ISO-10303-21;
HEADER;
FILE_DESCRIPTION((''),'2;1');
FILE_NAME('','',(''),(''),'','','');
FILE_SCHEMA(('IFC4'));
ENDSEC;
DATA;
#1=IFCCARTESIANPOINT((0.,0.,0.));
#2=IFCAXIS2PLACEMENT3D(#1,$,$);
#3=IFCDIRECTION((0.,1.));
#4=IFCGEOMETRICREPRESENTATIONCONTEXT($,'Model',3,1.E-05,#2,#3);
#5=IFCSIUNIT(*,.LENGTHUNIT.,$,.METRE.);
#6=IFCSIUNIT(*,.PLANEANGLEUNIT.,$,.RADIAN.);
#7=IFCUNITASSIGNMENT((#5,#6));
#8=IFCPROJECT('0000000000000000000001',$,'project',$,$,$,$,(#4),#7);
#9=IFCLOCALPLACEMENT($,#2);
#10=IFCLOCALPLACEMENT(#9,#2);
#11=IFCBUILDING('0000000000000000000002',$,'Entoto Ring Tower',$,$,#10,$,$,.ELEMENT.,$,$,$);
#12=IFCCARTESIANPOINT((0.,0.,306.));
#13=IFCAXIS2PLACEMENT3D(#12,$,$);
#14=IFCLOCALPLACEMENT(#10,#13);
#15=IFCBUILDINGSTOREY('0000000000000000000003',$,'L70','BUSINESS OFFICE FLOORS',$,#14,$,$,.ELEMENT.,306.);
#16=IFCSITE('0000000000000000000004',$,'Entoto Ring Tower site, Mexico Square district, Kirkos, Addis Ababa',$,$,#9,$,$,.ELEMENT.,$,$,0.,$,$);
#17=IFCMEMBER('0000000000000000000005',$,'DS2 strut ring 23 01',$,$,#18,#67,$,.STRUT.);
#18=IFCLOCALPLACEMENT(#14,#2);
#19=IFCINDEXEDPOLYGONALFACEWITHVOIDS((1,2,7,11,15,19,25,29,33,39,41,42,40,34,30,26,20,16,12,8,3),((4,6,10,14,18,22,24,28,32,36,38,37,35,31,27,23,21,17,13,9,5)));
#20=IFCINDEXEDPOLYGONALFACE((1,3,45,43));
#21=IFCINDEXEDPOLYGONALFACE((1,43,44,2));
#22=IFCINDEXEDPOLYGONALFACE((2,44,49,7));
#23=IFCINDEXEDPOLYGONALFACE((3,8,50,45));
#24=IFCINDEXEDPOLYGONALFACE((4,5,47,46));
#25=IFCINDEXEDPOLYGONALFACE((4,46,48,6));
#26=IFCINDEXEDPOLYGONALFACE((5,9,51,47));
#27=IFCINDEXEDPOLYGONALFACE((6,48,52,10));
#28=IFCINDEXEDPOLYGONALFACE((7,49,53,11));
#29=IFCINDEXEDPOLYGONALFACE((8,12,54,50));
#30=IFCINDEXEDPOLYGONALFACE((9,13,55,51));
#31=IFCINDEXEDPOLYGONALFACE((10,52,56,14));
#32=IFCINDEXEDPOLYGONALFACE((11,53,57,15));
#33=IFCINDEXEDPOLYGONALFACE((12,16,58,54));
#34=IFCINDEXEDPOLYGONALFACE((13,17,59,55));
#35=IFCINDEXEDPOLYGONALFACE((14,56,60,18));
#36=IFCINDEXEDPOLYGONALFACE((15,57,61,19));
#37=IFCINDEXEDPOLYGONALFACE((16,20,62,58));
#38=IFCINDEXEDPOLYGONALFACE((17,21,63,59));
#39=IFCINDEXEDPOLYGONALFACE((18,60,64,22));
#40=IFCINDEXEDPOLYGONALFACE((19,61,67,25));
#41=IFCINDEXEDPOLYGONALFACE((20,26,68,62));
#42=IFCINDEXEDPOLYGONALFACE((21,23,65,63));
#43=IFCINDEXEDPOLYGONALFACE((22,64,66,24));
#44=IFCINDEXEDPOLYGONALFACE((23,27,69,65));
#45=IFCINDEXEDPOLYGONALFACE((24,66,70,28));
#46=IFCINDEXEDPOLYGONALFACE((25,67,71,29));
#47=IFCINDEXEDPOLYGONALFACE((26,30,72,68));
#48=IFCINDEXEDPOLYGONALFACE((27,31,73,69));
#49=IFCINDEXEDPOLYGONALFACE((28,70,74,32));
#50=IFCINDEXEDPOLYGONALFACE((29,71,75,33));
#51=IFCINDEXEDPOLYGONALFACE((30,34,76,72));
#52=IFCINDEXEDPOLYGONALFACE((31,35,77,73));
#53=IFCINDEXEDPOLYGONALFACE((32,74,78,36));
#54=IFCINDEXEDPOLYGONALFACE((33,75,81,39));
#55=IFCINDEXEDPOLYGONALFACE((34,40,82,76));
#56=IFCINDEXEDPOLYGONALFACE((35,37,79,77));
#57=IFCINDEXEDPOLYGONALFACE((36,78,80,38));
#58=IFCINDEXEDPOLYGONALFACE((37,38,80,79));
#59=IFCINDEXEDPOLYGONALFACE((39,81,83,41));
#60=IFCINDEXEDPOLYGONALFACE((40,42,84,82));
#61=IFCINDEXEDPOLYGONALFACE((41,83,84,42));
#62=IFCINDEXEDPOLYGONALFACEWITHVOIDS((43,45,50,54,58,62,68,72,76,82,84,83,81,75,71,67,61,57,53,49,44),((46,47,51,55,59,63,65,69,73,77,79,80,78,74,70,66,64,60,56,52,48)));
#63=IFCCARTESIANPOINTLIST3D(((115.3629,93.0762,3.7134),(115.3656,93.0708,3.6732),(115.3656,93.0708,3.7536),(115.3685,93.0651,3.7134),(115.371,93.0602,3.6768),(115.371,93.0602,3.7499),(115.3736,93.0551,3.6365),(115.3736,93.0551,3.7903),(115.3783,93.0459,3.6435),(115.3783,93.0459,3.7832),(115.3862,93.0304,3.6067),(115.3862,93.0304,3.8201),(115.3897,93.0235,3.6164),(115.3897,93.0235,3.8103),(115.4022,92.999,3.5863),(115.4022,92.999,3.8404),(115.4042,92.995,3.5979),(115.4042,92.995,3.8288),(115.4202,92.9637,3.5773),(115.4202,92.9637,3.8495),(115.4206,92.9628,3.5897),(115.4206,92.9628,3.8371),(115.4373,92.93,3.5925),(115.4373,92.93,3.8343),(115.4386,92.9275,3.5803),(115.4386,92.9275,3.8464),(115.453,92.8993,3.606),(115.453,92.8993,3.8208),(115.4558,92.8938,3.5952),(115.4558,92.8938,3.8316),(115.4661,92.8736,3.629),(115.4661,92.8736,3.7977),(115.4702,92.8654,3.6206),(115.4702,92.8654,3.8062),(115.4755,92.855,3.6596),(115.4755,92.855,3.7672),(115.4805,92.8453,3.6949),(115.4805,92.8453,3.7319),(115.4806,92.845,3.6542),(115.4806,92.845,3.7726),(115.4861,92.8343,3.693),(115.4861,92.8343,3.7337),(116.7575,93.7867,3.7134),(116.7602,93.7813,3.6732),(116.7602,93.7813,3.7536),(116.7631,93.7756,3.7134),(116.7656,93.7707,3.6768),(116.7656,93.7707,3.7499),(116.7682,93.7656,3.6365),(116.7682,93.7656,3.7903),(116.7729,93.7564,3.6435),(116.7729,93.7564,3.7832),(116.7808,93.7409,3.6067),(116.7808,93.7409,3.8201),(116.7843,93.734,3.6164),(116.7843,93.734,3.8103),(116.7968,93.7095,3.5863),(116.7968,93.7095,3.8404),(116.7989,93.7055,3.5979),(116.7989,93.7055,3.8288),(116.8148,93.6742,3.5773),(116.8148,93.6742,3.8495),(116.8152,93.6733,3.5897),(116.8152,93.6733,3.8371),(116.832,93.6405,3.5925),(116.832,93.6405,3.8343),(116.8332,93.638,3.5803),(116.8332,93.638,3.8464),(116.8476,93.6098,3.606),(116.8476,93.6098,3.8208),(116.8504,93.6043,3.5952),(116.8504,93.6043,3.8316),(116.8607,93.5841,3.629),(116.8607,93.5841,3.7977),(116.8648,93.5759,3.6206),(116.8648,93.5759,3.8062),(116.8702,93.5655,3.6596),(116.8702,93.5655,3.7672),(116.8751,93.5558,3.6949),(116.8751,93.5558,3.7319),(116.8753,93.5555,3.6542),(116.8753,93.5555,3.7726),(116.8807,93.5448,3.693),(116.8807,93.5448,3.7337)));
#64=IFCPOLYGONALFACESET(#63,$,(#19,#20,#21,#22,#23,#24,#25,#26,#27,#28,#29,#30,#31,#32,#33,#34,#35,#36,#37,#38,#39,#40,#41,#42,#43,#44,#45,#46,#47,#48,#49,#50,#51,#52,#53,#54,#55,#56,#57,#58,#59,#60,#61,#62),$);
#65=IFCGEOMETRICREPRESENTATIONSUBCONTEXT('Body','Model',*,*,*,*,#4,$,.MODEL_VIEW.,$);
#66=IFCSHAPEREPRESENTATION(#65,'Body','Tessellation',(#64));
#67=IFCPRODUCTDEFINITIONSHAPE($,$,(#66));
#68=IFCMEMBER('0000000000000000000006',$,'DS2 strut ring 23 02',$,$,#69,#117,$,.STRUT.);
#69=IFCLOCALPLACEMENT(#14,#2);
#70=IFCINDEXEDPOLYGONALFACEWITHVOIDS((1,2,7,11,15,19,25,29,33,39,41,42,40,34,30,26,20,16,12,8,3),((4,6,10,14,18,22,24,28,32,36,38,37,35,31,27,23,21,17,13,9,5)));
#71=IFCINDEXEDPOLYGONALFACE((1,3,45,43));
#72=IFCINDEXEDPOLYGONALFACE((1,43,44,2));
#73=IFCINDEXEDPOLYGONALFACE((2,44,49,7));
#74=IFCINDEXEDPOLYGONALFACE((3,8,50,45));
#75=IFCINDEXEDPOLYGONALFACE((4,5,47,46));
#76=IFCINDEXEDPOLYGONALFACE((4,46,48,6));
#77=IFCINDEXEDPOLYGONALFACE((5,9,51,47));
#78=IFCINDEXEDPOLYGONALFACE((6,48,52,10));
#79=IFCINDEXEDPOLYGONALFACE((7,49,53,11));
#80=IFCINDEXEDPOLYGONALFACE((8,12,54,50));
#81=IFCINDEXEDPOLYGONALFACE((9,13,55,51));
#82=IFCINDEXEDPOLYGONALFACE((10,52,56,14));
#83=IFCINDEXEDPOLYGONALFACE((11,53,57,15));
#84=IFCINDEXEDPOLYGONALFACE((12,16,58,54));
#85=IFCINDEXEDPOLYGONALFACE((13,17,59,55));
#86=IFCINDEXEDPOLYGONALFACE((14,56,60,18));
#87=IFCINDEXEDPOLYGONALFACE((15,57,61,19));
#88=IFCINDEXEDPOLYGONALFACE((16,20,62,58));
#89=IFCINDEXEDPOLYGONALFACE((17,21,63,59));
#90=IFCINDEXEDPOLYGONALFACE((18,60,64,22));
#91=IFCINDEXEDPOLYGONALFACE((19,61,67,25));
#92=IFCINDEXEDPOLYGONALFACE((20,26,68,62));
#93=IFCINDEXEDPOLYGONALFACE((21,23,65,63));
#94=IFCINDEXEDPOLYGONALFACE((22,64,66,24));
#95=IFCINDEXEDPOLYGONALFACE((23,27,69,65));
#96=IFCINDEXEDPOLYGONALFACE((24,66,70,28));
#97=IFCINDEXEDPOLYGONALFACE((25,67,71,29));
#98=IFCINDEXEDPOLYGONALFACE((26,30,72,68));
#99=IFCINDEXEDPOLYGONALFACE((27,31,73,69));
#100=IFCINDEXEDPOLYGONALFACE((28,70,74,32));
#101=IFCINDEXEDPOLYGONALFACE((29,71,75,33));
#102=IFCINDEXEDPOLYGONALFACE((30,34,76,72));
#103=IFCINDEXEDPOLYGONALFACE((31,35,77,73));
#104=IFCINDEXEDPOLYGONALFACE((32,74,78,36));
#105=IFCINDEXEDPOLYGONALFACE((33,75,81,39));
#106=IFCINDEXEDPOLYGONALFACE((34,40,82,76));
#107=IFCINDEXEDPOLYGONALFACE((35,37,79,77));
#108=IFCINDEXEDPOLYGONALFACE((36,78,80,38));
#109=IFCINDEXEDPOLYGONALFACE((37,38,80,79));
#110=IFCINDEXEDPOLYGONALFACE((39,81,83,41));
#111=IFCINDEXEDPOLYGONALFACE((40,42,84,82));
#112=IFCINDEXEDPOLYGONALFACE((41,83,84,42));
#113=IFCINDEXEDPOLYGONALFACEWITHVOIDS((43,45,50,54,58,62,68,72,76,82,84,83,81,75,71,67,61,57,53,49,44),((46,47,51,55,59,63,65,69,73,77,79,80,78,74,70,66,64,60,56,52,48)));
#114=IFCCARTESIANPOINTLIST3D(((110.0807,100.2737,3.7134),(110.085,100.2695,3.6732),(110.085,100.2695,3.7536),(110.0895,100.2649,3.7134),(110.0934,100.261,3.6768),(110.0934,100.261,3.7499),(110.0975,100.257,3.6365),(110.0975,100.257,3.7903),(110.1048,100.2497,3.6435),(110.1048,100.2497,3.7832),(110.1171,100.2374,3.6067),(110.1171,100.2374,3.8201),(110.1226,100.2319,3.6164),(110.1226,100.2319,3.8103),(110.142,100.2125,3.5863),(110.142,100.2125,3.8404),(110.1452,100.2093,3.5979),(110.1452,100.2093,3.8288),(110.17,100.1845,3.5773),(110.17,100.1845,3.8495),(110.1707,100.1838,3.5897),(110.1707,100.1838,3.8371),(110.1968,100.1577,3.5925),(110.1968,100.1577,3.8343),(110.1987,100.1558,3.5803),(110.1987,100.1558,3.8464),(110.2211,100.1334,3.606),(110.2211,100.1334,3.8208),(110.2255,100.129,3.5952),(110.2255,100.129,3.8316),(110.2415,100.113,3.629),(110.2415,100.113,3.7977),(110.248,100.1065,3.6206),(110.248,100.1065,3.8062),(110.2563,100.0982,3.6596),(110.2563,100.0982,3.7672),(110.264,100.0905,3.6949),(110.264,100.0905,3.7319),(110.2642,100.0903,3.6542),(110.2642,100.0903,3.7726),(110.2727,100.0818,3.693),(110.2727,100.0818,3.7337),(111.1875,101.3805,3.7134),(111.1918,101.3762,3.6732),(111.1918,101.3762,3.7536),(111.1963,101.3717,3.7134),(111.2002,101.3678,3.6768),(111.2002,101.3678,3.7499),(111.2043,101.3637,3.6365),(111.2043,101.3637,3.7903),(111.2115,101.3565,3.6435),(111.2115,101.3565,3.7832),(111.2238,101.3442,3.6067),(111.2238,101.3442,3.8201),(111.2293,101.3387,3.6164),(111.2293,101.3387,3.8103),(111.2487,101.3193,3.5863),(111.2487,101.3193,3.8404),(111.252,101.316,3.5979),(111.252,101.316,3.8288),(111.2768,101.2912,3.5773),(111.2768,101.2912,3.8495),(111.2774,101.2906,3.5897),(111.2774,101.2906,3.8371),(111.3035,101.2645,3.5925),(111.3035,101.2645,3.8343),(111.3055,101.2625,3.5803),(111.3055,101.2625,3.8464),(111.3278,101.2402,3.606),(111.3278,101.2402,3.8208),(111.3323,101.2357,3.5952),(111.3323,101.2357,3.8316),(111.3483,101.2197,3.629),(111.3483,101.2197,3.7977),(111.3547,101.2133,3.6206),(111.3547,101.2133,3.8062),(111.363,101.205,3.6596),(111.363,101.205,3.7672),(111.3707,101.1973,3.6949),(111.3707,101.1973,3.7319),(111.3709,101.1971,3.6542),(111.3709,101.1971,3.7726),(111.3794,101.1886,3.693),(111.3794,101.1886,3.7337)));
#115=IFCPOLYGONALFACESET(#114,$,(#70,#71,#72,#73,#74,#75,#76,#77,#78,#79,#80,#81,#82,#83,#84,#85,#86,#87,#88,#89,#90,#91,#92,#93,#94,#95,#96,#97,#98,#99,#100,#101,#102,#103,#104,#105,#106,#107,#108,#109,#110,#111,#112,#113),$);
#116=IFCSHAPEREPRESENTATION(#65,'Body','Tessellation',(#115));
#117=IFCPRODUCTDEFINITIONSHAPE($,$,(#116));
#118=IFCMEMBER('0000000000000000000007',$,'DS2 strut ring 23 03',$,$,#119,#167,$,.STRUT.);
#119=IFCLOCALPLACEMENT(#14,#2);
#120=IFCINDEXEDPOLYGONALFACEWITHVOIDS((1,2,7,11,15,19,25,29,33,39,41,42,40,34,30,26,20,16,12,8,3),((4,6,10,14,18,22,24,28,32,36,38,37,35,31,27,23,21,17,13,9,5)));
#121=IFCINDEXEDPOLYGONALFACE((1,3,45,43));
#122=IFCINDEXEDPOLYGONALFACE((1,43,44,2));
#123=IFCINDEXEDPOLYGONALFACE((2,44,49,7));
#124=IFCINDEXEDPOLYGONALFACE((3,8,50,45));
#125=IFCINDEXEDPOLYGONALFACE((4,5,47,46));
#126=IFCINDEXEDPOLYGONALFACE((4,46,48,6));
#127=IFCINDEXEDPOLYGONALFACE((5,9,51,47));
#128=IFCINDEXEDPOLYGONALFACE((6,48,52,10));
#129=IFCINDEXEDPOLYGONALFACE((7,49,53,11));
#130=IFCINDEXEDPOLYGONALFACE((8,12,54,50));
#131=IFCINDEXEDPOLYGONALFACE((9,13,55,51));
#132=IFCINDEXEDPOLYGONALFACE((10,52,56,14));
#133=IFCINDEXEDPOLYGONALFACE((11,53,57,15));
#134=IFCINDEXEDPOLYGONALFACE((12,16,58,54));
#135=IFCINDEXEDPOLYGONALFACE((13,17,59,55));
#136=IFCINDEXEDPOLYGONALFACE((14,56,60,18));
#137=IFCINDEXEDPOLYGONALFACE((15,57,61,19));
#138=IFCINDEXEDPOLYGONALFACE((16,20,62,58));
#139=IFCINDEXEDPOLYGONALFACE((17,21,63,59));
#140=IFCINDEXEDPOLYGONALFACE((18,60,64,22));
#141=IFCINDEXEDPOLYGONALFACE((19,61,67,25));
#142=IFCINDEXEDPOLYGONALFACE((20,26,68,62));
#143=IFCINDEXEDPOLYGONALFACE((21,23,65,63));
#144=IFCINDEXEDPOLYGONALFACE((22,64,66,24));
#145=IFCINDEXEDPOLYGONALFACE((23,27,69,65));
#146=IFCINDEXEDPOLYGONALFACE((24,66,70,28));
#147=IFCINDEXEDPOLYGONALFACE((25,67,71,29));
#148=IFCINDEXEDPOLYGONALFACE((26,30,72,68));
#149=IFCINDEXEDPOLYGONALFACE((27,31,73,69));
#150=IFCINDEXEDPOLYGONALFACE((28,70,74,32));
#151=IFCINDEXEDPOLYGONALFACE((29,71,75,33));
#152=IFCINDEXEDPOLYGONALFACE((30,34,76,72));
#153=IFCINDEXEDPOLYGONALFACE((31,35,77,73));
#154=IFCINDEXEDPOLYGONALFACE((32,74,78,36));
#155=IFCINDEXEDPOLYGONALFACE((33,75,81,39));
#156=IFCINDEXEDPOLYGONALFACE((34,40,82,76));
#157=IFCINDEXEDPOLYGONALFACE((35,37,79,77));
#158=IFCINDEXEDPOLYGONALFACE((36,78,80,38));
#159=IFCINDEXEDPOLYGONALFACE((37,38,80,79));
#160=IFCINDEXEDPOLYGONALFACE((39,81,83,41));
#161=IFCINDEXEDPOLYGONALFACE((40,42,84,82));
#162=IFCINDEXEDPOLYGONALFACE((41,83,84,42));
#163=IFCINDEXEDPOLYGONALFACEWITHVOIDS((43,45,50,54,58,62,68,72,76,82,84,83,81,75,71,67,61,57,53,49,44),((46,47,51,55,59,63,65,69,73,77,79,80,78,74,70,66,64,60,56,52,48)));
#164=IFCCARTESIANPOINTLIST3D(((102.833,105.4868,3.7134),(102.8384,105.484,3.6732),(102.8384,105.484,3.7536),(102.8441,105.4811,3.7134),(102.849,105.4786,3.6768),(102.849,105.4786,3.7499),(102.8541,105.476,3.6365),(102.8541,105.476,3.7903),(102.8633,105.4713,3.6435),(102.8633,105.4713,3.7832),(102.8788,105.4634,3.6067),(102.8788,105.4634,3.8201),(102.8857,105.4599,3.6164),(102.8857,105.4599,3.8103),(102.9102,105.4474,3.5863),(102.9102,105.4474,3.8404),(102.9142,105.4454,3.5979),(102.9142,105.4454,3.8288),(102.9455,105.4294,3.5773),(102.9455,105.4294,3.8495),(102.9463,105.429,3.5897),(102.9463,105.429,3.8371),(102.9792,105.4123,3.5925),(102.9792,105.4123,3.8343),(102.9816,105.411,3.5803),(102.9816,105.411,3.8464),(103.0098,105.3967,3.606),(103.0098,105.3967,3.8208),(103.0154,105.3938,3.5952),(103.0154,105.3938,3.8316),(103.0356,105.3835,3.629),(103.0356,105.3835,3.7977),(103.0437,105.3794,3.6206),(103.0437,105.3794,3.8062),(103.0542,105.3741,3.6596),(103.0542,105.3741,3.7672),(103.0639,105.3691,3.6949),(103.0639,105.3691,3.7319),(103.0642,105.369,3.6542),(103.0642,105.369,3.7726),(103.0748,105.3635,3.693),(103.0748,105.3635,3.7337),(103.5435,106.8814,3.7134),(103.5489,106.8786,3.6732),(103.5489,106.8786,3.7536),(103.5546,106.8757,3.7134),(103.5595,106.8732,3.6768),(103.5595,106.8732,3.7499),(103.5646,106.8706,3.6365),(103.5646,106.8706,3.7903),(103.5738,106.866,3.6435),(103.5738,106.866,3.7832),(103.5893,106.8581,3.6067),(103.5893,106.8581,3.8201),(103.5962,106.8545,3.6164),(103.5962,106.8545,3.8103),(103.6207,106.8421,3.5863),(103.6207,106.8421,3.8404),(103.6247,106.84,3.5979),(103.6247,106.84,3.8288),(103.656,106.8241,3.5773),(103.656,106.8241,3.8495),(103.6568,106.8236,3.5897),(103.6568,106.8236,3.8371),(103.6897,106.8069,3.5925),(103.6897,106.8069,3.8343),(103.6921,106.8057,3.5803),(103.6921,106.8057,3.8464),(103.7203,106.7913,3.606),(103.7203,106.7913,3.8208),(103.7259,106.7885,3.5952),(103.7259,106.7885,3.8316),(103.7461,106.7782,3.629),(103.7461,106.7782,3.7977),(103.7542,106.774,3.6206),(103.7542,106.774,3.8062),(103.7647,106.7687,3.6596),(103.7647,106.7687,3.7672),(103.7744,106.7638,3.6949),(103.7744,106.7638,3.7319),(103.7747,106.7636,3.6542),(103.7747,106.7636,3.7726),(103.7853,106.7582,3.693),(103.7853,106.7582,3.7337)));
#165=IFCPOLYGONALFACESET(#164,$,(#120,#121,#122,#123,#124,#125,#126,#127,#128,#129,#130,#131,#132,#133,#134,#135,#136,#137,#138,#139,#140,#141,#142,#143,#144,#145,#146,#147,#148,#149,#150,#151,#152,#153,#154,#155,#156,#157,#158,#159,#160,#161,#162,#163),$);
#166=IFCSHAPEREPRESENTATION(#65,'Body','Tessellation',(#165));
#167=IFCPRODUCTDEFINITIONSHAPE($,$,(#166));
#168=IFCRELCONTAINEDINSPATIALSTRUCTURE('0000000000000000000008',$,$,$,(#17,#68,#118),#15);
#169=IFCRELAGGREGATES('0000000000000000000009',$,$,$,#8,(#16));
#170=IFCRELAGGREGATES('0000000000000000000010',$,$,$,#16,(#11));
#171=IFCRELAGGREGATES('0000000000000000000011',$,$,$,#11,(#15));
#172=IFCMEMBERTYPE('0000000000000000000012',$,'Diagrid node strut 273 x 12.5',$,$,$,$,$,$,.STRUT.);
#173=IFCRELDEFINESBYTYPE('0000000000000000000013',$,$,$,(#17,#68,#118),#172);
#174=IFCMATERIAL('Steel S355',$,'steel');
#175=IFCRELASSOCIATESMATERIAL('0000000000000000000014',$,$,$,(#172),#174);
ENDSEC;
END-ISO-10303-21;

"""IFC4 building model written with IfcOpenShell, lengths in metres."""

from ifc_helpers import new_model, si_unit, direction, frame, origin, origin_2d, place, context, subcontext, project, spatial, circle, hollow_circle, extrude, material, material_profile, profile_set, type_object, element, save


model = new_model("IFC4")

# Units and contexts
model_context = context("Model", 3, precision=1e-05, world=origin(), true_north=direction((0.0, 1.0)))
body_context = subcontext(model_context, "Body", "Model", "MODEL_VIEW")
ifc_project = project(units=[si_unit("LENGTHUNIT", "METRE"), si_unit("PLANEANGLEUNIT", "RADIAN")], contexts=[model_context])

# Site, building, storey
site_placement = place(None, origin())
site = spatial("IfcSite", under=ifc_project, at=site_placement, Name="Entoto Ring Tower site, Mexico Square district, Kirkos, Addis Ababa", CompositionType="ELEMENT", RefElevation=0.0)
building_placement = place(site_placement, origin())
building = spatial("IfcBuilding", under=site, at=building_placement, Name="Entoto Ring Tower", CompositionType="ELEMENT")
storey_placement = place(building_placement, frame((0.0, 0.0, 306.0)))
storey = spatial("IfcBuildingStorey", under=building, at=storey_placement, Name="L70", Description="BUSINESS OFFICE FLOORS", CompositionType="ELEMENT", Elevation=306.0)

# Members
ifc_material_1 = material(Name="Steel S355", Category="steel")
ifc_material_profile_1 = material_profile(ifc_material_1, hollow_circle(Radius=0.1365, WallThickness=0.0125, at=origin_2d()), Name="CHS 273 x 12.5")
ifc_material_2 = material(Name="Concrete C60/75", Category="concrete")
ifc_material_profile_2 = material_profile(ifc_material_2, circle(Radius=0.124, at=origin_2d()), Name="Concrete C60/75 infill")
ifc_profile_set_1 = profile_set([ifc_material_profile_1, ifc_material_profile_2], Name="Steel S355")
member_type = type_object("IfcMemberType", Name="Diagrid node strut 273 x 12.5", PredefinedType="STRUT", material=ifc_profile_set_1)
for number, where, z_axis, x_axis, name in (
    (1, (115.4248, 92.9546, 3.7134), (0.891032, 0.45394, 0.0), (-0.45394, 0.891032, 0.0), "DS2 strut ring 23 01"),
    (2, (110.1772, 100.1772, 3.7134), (0.707107, 0.707107, 0.0), (-0.707107, 0.707107, 0.0), "DS2 strut ring 23 02"),
    (3, (102.9546, 105.4248, 3.7134), (0.45394, 0.891032, 0.0), (-0.891032, 0.45394, 0.0), "DS2 strut ring 23 03"),
):
    element("IfcMember", number, at=place(storey_placement, frame(where, z_axis=z_axis, x_axis=x_axis)), inside=storey, type_object=member_type, Name=name, PredefinedType="STRUT", context=body_context, shape_type="SweptSolid", body=[
        extrude(hollow_circle(Radius=0.1365, WallThickness=0.0125, at=origin_2d()), origin(), (0.0, 0.0, 1.0), 1.5652),
    ])

save(model, "model.ifc")
